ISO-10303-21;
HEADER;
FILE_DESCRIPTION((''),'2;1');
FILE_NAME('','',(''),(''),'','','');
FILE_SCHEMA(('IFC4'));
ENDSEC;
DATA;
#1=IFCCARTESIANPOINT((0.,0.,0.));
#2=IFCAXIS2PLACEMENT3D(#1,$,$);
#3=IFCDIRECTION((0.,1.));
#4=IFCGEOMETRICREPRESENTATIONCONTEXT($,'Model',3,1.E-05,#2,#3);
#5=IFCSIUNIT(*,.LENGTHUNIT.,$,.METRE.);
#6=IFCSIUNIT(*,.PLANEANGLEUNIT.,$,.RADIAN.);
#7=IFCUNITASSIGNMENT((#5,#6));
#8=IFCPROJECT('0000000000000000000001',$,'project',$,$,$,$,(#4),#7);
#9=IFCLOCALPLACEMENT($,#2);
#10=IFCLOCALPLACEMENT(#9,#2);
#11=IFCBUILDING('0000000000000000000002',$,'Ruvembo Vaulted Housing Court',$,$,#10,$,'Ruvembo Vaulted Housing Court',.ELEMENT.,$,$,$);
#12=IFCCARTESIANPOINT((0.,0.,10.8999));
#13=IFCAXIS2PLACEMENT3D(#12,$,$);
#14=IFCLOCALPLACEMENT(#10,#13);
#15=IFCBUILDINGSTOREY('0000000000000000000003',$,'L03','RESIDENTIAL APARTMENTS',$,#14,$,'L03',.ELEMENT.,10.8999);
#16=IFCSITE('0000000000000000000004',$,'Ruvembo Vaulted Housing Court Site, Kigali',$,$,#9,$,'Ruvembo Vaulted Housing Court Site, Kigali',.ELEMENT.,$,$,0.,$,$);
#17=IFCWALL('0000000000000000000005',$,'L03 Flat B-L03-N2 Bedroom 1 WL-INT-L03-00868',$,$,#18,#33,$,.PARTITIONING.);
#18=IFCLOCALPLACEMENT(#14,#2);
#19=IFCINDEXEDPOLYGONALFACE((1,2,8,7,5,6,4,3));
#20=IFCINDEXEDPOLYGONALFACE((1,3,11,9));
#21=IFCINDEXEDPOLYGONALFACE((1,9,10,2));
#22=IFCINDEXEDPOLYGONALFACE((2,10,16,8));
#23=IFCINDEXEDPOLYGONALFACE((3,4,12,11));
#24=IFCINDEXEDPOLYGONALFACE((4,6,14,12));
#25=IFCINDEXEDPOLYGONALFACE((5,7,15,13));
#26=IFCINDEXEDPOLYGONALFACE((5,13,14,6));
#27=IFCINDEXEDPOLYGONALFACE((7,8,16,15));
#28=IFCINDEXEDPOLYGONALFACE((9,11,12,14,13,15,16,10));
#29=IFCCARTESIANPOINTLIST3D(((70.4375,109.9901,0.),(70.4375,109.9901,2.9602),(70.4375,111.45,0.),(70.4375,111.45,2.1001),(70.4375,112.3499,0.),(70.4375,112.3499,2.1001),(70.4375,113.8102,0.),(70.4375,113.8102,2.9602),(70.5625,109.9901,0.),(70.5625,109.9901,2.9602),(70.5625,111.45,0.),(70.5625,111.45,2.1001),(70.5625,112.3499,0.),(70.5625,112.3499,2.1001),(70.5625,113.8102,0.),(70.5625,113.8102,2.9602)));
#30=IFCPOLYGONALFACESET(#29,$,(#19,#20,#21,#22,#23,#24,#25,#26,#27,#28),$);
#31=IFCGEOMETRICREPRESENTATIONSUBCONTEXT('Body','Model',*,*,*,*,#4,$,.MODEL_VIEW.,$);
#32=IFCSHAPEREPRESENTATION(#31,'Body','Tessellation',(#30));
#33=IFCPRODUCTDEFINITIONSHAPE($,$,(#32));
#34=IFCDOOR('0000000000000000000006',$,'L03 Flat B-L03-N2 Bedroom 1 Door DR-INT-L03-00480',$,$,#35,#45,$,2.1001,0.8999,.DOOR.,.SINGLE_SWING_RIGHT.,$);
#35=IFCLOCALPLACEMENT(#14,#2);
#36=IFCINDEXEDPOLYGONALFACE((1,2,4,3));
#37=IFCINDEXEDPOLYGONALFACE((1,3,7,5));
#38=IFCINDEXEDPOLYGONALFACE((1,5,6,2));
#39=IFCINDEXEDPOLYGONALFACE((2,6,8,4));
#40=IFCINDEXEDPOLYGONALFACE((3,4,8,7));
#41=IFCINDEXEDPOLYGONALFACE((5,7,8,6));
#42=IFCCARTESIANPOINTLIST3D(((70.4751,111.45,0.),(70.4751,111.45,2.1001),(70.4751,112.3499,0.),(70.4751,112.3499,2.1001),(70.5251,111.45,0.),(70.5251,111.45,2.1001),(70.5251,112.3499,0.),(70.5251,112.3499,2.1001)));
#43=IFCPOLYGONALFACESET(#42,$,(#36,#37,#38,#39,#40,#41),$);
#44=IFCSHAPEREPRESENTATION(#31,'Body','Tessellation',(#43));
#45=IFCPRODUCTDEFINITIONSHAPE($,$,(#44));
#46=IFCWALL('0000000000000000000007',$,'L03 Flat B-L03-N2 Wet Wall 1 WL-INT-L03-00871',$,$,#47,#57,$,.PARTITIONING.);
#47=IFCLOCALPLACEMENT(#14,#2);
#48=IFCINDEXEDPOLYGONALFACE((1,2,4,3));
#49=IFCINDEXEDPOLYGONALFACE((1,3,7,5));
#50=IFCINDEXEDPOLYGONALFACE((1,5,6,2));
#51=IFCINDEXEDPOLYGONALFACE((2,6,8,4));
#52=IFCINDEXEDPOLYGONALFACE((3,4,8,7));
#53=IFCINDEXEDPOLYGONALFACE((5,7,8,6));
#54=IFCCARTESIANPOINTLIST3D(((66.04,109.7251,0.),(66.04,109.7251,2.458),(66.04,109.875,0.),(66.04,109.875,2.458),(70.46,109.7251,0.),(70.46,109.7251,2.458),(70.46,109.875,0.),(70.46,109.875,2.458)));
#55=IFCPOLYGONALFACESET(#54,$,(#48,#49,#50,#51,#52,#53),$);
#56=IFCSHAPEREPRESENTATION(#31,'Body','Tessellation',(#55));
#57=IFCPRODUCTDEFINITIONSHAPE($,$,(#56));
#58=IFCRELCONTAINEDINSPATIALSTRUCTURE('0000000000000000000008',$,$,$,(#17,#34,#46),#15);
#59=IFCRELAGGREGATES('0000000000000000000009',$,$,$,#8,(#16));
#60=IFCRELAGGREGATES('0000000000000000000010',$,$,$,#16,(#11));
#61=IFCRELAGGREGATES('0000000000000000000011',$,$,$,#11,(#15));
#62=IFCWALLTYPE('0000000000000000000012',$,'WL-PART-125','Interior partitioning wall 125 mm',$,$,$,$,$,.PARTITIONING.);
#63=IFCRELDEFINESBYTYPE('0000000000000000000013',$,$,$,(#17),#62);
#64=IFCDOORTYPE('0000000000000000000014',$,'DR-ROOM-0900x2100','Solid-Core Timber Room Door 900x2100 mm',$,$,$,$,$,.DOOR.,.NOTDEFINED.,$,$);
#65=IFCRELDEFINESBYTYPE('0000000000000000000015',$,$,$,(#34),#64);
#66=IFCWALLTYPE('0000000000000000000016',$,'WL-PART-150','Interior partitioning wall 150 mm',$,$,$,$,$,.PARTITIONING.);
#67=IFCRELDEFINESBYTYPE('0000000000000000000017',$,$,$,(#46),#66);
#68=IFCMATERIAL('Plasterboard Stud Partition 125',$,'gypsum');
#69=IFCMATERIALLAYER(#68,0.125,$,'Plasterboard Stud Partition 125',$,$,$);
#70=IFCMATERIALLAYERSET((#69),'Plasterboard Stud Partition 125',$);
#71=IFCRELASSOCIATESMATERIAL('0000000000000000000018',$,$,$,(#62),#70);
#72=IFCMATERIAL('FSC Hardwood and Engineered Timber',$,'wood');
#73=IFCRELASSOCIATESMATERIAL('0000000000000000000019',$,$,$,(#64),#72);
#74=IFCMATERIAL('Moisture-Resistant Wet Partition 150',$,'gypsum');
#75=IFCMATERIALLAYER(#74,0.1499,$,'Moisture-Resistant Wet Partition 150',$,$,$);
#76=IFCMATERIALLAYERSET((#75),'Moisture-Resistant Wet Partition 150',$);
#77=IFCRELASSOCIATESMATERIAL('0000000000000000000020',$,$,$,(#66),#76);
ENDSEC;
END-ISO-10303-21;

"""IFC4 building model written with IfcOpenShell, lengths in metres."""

from ifc_helpers import new_model, si_unit, direction, frame, frame_2d, origin, place, context, subcontext, project, spatial, rectangle, extrude, material, layer, layer_set, type_object, element, fill, save


model = new_model("IFC4")

# Units and contexts
model_context = context("Model", 3, precision=1e-05, world=origin(), true_north=direction((0.0, 1.0)))
body_context = subcontext(model_context, "Body", "Model", "MODEL_VIEW")
ifc_project = project(units=[si_unit("LENGTHUNIT", "METRE"), si_unit("PLANEANGLEUNIT", "RADIAN")], contexts=[model_context])

# Site, building, storey
site_placement = place(None, origin())
site = spatial("IfcSite", under=ifc_project, at=site_placement, Name="Ruvembo Vaulted Housing Court Site, Kigali", LongName="Ruvembo Vaulted Housing Court Site, Kigali", CompositionType="ELEMENT", RefElevation=0.0)
building_placement = place(site_placement, origin())
building = spatial("IfcBuilding", under=site, at=building_placement, Name="Ruvembo Vaulted Housing Court", LongName="Ruvembo Vaulted Housing Court", CompositionType="ELEMENT")
storey_placement = place(building_placement, frame((0.0, 0.0, 10.8999)))
storey = spatial("IfcBuildingStorey", under=building, at=storey_placement, Name="L03", Description="RESIDENTIAL APARTMENTS", LongName="L03", CompositionType="ELEMENT", Elevation=10.8999)

# Wall, opening, door
ifc_material_1 = material(Name="Plasterboard Stud Partition 125", Category="gypsum")
ifc_layer_1 = layer(ifc_material_1, 0.125, Name="Plasterboard Stud Partition 125")
ifc_layer_set_1 = layer_set([ifc_layer_1], Name="Plasterboard Stud Partition 125")
wall_type_1 = type_object("IfcWallType", Name="WL-PART-125", Description="Interior partitioning wall 125 mm", PredefinedType="PARTITIONING", material=ifc_layer_set_1)
wall_1_placement = place(storey_placement, frame((70.5, 109.99, 0.0), z_axis=(0.0, 0.0, 1.0), x_axis=(0.0, 1.0, 0.0)))
wall_1 = element("IfcWall", 1, at=wall_1_placement, inside=storey, type_object=wall_type_1, Name="L03 Flat B-L03-N2 Bedroom 1 WL-INT-L03-00868", PredefinedType="PARTITIONING", context=body_context, shape_type="SweptSolid", body=[
    extrude(rectangle(XDim=3.8201, YDim=0.125, at=frame_2d((1.9102, 0.0))), origin(), (0.0, 0.0, 1.0), 2.9602),
])
opening_1_placement = place(wall_1_placement, frame((1.46, 0.0, 0.0)))
opening_1 = element("IfcOpeningElement", 2, at=opening_1_placement, cuts=wall_1, PredefinedType="OPENING", context=body_context, shape_type="SweptSolid", body=[
    extrude(rectangle(XDim=0.8999, YDim=2.1001, at=frame_2d((0.45, 1.05))), frame((0.0, 0.0725, 0.0), z_axis=(0.0, -1.0, 0.0), x_axis=(1.0, 0.0, 0.0)), (0.0, 0.0, 1.0), 0.145),
])
ifc_material_2 = material(Name="FSC Hardwood and Engineered Timber", Category="wood")
door_type = type_object("IfcDoorType", Name="DR-ROOM-0900x2100", Description="Solid-Core Timber Room Door 900x2100 mm", OperationType="NOTDEFINED", PredefinedType="DOOR", material=ifc_material_2)
door_placement = place(opening_1_placement, origin())
door = element("IfcDoor", 3, at=door_placement, inside=storey, type_object=door_type, Name="L03 Flat B-L03-N2 Bedroom 1 Door DR-INT-L03-00480", OperationType="SINGLE_SWING_RIGHT", OverallHeight=2.1001, OverallWidth=0.8999, PredefinedType="DOOR", context=body_context, shape_type="SweptSolid", body=[
    extrude(rectangle(XDim=0.8999, YDim=2.1001, at=frame_2d((0.45, 1.05))), frame((0.0, 0.0249, 0.0), z_axis=(0.0, -1.0, 0.0), x_axis=(1.0, 0.0, 0.0)), (0.0, 0.0, 1.0), 0.05),
])
fill(opening_1, door)

# Wall
ifc_material_3 = material(Name="Moisture-Resistant Wet Partition 150", Category="gypsum")
ifc_layer_2 = layer(ifc_material_3, 0.1499, Name="Moisture-Resistant Wet Partition 150")
ifc_layer_set_2 = layer_set([ifc_layer_2], Name="Moisture-Resistant Wet Partition 150")
wall_type_2 = type_object("IfcWallType", Name="WL-PART-150", Description="Interior partitioning wall 150 mm", PredefinedType="PARTITIONING", material=ifc_layer_set_2)
wall_2_placement = place(storey_placement, frame((66.04, 109.8, 0.0), z_axis=(0.0, 0.0, 1.0), x_axis=(1.0, 0.0, 0.0)))
element("IfcWall", 4, at=wall_2_placement, inside=storey, type_object=wall_type_2, Name="L03 Flat B-L03-N2 Wet Wall 1 WL-INT-L03-00871", PredefinedType="PARTITIONING", context=body_context, shape_type="SweptSolid", body=[
    extrude(rectangle(XDim=4.4199, YDim=0.1499, at=frame_2d((2.21, 0.0))), origin(), (0.0, 0.0, 1.0), 2.458),
])

save(model, "model.ifc")
